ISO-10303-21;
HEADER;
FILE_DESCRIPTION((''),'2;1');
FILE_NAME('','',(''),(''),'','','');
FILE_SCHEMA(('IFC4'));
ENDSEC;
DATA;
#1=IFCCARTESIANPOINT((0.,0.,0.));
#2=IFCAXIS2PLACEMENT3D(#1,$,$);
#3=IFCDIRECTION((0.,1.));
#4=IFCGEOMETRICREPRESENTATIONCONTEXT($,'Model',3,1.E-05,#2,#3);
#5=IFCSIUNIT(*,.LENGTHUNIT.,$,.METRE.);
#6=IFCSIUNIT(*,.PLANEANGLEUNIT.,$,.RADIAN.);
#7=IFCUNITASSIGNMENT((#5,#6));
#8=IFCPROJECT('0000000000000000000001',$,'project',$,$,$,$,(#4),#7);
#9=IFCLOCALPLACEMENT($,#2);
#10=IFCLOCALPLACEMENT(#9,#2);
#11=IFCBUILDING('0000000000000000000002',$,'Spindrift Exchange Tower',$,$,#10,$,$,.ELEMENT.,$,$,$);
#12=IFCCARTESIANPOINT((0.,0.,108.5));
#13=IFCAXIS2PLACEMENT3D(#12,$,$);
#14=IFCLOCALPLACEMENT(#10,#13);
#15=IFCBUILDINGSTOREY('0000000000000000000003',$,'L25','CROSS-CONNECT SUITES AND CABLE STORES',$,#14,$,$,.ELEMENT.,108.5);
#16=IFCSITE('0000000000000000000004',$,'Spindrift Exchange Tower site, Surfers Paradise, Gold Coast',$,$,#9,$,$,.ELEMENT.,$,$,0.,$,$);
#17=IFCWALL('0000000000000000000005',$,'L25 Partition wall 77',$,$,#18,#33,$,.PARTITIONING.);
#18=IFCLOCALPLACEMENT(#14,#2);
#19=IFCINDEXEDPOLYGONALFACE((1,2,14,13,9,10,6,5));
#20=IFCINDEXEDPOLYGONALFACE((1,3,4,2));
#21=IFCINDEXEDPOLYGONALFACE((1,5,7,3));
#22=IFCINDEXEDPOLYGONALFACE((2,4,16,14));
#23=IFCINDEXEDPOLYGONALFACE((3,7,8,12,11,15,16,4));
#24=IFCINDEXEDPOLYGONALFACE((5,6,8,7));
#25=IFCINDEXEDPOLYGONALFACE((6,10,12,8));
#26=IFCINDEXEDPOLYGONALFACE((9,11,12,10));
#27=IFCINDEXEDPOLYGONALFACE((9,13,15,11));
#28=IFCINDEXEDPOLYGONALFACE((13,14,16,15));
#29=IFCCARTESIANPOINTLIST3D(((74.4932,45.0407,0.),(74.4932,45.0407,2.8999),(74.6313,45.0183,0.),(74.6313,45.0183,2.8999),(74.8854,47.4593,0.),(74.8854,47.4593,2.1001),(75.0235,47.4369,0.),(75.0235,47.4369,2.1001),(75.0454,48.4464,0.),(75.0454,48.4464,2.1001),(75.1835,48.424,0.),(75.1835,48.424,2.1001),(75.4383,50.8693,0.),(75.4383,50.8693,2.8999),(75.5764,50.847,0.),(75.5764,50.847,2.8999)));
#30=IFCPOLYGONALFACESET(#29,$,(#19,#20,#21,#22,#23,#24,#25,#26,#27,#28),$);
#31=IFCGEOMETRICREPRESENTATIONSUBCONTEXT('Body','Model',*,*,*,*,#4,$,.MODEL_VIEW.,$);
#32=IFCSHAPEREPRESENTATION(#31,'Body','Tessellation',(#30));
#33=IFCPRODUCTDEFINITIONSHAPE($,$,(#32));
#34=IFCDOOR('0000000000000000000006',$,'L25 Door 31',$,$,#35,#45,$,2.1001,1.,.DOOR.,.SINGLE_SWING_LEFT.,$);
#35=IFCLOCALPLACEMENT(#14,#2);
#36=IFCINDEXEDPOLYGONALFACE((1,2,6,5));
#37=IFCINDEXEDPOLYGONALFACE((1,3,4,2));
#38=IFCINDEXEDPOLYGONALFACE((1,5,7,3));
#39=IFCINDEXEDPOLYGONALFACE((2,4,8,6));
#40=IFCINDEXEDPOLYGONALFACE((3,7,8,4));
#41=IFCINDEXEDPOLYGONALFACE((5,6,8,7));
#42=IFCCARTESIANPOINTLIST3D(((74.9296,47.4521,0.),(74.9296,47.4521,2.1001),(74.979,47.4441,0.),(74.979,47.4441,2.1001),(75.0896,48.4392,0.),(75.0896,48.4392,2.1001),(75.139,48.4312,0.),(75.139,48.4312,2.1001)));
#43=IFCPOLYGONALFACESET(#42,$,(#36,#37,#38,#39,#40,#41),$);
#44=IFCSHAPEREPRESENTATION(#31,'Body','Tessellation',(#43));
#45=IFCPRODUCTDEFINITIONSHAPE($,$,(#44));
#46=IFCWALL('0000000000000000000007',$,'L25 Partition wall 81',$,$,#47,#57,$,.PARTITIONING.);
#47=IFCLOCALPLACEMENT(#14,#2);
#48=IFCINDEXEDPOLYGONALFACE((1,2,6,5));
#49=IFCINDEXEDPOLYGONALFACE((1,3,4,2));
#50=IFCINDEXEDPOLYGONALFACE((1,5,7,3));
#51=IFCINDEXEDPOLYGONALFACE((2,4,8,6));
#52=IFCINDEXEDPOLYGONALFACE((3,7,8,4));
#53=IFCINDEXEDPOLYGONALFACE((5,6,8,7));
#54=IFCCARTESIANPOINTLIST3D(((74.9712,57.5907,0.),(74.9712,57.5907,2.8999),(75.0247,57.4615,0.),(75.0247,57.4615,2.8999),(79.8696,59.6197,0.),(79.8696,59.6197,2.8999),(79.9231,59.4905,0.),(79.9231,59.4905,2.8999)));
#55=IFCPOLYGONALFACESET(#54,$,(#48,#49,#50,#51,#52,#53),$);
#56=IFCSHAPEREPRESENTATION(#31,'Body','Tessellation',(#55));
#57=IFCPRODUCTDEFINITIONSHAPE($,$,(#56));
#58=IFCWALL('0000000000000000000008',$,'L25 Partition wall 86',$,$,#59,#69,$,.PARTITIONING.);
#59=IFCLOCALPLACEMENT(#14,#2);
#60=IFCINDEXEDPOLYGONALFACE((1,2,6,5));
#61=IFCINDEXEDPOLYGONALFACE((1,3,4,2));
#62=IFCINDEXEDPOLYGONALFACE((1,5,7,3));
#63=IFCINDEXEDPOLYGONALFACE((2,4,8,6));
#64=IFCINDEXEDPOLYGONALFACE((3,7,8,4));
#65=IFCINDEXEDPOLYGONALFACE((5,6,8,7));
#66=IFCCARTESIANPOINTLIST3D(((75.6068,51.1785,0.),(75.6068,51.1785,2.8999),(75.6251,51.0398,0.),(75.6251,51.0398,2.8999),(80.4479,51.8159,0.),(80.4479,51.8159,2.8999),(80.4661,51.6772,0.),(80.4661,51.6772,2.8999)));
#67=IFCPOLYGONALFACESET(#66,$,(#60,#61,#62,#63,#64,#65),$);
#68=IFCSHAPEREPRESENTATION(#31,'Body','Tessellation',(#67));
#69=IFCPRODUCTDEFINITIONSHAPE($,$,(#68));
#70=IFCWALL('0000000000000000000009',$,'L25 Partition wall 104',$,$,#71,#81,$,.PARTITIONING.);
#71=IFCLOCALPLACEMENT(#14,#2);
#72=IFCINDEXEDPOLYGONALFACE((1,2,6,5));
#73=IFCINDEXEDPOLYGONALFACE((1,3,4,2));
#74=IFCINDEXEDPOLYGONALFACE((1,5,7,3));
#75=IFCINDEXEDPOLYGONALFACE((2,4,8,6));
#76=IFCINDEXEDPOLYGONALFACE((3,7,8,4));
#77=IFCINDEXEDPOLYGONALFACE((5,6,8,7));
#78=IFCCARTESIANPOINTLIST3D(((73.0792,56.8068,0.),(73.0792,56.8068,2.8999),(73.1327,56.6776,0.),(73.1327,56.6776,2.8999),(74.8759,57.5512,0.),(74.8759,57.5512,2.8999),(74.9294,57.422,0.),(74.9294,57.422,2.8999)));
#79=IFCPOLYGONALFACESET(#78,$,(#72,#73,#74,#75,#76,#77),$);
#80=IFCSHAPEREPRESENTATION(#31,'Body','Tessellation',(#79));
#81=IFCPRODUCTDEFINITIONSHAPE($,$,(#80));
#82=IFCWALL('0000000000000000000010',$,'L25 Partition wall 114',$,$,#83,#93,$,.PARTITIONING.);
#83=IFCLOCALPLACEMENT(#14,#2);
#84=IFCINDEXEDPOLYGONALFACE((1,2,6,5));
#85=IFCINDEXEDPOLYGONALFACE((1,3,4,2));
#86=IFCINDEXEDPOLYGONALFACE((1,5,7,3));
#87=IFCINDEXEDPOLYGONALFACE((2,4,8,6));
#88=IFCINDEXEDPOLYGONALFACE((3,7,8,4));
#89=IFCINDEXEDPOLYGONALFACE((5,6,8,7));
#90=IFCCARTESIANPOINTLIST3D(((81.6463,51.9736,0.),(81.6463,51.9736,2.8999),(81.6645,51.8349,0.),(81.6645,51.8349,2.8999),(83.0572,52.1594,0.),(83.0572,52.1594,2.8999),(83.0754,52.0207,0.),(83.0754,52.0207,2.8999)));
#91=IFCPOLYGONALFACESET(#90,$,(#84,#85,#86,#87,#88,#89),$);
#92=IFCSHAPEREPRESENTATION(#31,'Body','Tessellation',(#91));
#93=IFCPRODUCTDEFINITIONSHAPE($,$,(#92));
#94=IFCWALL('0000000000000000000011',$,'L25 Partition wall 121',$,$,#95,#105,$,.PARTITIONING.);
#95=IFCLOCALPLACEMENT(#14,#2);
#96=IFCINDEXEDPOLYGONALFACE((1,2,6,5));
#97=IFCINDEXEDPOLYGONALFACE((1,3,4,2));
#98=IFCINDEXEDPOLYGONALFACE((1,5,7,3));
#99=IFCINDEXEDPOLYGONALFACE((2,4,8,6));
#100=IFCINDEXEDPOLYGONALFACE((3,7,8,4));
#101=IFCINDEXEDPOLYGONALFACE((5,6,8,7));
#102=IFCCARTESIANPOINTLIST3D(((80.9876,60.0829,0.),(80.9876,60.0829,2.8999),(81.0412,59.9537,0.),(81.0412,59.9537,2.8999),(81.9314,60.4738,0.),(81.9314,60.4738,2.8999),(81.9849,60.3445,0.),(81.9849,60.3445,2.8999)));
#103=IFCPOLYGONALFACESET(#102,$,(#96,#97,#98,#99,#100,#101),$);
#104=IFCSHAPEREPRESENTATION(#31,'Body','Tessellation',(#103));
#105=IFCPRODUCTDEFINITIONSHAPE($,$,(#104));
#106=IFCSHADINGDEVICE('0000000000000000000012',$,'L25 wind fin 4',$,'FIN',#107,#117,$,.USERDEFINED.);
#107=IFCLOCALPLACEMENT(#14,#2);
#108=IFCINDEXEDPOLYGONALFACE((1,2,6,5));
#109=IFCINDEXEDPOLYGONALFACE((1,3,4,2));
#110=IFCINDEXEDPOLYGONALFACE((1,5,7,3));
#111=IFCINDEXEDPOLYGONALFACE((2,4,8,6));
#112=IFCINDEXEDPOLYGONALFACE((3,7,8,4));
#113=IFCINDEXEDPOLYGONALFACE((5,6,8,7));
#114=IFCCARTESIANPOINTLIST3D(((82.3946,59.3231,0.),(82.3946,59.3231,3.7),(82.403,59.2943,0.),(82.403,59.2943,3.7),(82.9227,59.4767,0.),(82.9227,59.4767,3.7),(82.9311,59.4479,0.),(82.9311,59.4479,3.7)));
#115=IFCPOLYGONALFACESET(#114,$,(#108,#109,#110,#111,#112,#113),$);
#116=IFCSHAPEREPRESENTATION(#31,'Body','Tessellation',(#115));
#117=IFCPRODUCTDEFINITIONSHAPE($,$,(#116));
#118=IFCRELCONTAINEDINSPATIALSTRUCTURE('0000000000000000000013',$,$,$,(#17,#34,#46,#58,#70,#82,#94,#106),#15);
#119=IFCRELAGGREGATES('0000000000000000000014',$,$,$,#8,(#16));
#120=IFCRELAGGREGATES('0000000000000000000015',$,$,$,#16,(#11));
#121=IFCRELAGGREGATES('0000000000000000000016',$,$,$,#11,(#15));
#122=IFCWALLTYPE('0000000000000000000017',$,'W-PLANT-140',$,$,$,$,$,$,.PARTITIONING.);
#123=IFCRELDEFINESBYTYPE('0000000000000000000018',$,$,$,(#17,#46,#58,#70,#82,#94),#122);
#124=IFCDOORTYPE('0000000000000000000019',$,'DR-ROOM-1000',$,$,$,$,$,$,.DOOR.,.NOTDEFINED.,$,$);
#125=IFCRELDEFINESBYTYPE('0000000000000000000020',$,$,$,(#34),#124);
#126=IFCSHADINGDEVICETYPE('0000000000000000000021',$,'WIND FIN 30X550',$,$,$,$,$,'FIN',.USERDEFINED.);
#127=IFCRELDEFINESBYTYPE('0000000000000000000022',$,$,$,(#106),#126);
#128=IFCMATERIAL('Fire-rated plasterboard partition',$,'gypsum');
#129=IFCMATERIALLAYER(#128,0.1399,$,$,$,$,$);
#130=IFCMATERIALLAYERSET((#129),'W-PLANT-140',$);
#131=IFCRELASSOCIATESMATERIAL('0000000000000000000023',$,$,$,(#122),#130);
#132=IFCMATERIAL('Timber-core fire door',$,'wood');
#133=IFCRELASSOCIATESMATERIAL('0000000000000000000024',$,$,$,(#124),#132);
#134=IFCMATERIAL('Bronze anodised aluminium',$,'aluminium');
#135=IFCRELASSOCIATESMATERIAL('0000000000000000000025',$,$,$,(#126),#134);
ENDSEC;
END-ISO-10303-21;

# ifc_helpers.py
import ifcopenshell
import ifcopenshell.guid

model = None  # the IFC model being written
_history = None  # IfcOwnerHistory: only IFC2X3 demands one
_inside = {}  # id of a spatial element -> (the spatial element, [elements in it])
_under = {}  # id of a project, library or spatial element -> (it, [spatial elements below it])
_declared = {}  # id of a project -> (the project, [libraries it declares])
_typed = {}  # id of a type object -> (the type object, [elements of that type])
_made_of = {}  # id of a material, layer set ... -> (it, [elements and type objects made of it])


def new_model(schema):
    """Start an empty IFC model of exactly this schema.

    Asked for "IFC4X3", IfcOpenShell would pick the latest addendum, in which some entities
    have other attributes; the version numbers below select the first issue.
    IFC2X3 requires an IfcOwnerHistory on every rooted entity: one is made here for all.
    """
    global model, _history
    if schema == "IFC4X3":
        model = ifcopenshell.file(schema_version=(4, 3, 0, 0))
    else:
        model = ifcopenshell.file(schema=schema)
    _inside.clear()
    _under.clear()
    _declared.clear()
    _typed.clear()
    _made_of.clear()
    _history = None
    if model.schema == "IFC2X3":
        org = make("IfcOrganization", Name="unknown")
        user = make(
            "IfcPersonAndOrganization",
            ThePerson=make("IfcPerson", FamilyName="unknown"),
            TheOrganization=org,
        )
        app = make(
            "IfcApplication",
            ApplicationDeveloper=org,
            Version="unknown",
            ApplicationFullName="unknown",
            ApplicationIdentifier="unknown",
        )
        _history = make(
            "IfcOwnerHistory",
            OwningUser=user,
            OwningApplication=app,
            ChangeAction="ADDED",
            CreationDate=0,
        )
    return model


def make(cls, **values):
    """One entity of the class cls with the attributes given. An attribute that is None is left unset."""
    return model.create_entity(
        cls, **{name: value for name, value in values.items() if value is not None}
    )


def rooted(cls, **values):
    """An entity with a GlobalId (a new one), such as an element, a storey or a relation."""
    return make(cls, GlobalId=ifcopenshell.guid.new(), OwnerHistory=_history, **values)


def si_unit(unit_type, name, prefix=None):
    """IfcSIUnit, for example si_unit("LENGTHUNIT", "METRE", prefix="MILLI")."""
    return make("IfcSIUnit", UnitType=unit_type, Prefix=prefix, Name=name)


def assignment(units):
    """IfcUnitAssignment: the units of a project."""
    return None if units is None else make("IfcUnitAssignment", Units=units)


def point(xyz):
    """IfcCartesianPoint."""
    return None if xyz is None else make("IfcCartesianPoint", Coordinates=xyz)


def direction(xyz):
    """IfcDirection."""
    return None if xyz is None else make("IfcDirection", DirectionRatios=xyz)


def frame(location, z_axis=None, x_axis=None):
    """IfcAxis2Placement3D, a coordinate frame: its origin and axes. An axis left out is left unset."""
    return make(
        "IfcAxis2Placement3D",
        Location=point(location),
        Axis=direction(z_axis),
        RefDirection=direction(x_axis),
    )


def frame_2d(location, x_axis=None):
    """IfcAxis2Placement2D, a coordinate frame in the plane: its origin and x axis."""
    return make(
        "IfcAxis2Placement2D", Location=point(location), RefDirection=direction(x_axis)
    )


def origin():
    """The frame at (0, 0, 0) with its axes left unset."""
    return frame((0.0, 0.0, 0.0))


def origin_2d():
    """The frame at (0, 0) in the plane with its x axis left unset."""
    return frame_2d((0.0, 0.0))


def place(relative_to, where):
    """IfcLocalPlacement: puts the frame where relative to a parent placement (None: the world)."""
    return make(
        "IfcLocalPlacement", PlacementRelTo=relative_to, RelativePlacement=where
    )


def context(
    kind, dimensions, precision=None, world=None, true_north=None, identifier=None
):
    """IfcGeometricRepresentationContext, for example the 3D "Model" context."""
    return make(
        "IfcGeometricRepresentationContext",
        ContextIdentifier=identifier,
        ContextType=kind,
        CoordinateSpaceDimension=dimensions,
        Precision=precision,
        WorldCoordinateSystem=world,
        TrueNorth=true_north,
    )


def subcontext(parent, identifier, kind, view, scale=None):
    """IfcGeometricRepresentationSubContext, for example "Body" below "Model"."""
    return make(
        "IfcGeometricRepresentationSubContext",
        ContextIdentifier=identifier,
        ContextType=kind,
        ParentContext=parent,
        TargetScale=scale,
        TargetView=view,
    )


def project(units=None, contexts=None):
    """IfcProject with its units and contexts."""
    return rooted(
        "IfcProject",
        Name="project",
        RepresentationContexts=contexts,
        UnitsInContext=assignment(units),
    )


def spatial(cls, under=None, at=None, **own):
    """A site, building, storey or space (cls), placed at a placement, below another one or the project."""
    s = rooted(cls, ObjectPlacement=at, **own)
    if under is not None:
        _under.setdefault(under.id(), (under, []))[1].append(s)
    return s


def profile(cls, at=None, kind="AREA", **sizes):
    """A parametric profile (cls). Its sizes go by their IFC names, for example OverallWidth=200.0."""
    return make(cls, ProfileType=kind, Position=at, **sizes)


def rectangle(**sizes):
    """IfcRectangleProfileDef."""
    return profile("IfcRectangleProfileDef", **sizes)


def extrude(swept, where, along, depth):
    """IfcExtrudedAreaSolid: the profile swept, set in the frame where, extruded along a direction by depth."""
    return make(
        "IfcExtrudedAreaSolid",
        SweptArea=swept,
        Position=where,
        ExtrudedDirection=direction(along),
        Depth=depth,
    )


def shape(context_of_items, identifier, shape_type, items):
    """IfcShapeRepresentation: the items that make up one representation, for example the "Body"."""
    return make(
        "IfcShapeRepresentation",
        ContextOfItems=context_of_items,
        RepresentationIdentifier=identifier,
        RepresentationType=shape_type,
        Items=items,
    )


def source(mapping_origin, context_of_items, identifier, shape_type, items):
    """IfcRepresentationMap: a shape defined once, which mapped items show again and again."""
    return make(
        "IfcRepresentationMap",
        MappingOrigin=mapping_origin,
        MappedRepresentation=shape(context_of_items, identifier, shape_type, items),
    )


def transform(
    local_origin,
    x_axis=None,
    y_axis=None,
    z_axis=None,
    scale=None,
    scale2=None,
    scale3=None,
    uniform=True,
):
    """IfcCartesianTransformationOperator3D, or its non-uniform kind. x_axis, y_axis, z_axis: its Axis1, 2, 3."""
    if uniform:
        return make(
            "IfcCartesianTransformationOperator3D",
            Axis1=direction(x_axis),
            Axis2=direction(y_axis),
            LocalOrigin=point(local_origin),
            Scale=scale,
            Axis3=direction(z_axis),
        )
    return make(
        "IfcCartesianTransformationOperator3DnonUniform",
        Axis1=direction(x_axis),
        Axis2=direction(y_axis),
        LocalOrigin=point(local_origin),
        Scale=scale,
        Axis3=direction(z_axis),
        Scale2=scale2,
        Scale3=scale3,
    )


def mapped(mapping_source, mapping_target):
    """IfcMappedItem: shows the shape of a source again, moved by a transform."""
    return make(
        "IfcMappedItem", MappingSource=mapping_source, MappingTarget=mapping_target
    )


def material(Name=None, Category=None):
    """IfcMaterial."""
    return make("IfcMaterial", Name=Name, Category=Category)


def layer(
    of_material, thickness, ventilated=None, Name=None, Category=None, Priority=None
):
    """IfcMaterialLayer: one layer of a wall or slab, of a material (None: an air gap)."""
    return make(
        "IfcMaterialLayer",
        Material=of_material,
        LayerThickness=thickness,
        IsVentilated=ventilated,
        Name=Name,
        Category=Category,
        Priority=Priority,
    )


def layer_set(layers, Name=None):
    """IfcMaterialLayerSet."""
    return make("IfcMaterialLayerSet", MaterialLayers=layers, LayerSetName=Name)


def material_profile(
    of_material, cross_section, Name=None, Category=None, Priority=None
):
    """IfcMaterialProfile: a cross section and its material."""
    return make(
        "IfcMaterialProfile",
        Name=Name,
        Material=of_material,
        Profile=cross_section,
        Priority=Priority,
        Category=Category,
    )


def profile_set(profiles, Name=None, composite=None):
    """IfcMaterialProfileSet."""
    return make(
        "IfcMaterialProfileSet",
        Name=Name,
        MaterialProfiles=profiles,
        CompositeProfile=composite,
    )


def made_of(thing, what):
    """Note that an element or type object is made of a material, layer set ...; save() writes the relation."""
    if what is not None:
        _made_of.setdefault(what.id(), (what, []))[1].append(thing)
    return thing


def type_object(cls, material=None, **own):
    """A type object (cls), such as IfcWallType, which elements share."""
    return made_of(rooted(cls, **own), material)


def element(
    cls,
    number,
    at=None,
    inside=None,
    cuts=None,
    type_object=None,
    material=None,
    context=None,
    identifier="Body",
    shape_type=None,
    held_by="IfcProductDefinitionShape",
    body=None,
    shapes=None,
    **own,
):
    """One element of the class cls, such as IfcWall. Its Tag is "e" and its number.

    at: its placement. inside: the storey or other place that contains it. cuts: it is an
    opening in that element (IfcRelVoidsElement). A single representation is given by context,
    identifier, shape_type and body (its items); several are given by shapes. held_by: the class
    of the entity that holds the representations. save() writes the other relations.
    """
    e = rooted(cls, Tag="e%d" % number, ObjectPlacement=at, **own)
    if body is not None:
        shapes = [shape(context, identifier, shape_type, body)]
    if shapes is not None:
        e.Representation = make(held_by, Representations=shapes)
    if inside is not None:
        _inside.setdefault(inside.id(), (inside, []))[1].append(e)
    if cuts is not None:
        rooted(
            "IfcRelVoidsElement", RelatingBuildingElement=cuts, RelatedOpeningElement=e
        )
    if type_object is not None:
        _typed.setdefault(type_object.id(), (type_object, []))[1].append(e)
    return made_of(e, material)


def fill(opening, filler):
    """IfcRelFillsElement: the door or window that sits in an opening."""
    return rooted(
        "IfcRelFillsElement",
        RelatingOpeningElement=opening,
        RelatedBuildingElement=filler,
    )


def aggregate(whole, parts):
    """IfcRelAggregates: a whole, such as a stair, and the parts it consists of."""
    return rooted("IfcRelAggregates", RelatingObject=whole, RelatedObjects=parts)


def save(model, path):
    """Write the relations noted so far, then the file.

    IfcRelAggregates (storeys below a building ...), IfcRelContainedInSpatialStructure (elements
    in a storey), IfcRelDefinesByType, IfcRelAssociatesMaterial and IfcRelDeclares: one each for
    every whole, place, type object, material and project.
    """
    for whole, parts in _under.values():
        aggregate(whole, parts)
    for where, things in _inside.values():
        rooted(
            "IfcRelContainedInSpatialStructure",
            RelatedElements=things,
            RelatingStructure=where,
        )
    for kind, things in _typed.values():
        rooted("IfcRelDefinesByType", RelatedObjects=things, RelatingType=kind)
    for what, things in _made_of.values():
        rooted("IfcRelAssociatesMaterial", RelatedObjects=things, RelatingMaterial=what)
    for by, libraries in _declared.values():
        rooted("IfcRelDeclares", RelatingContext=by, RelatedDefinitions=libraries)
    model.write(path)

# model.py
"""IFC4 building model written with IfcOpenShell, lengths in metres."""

from ifc_helpers import new_model, si_unit, direction, frame, frame_2d, origin, origin_2d, place, context, subcontext, project, spatial, rectangle, extrude, source, transform, mapped, material, layer, layer_set, material_profile, profile_set, type_object, element, fill, save


model = new_model("IFC4")

# Units and contexts
model_context = context("Model", 3, precision=1e-05, world=origin(), true_north=direction((0.0, 1.0)))
body_context = subcontext(model_context, "Body", "Model", "MODEL_VIEW")
ifc_project = project(units=[si_unit("LENGTHUNIT", "METRE"), si_unit("PLANEANGLEUNIT", "RADIAN")], contexts=[model_context])

# Site, building, storey
site_placement = place(None, origin())
site = spatial("IfcSite", under=ifc_project, at=site_placement, Name="Spindrift Exchange Tower site, Surfers Paradise, Gold Coast", CompositionType="ELEMENT", RefElevation=0.0)
building_placement = place(site_placement, origin())
building = spatial("IfcBuilding", under=site, at=building_placement, Name="Spindrift Exchange Tower", CompositionType="ELEMENT")
storey_placement = place(building_placement, frame((0.0, 0.0, 108.5)))
storey = spatial("IfcBuildingStorey", under=building, at=storey_placement, Name="L25", Description="CROSS-CONNECT SUITES AND CABLE STORES", CompositionType="ELEMENT", Elevation=108.5)

# Shared definitions
ifc_material_1 = material(Name="Bronze anodised aluminium", Category="aluminium")

# Wall, opening, door
ifc_material_2 = material(Name="Fire-rated plasterboard partition", Category="gypsum")
ifc_layer_1 = layer(ifc_material_2, 0.1399)
ifc_layer_set_1 = layer_set([ifc_layer_1], Name="W-PLANT-140")
wall_type = type_object("IfcWallType", Name="W-PLANT-140", PredefinedType="PARTITIONING", material=ifc_layer_set_1)
ifc_material_3 = material(Name="Timber-core fire door", Category="wood")
door_type = type_object("IfcDoorType", Name="DR-ROOM-1000", OperationType="NOTDEFINED", PredefinedType="DOOR", material=ifc_material_3)
shared_shape_1 = source(origin(), body_context, "Body", "SweptSolid", [
    extrude(rectangle(XDim=1.0, YDim=2.1001, at=frame_2d((0.5, 1.05))), frame((0.0, 0.0249, 0.0), z_axis=(0.0, -1.0, 0.0), x_axis=(1.0, 0.0, 0.0)), (0.0, 0.0, 1.0), 0.05),
])
wall_1_placement = place(storey_placement, frame((75.5073, 50.8582, 0.0), z_axis=(0.0, 0.0, 1.0), x_axis=(-0.160053, -0.987108, 0.0)))
wall_1 = element("IfcWall", 1, at=wall_1_placement, inside=storey, type_object=wall_type, Name="L25 Partition wall 77", PredefinedType="PARTITIONING", context=body_context, shape_type="SweptSolid", body=[
    extrude(rectangle(XDim=5.9048, YDim=0.1399, at=frame_2d((2.9524, 0.0))), origin(), (0.0, 0.0, 1.0), 2.8999),
])
opening_1_placement = place(wall_1_placement, frame((2.4546, 0.0, 0.0)))
opening_1 = element("IfcOpeningElement", 2, at=opening_1_placement, cuts=wall_1, PredefinedType="OPENING", context=body_context, shape_type="SweptSolid", body=[
    extrude(rectangle(XDim=1.0, YDim=2.1001, at=frame_2d((0.5, 1.05))), frame((0.0, 0.0798, 0.0), z_axis=(0.0, -1.0, 0.0), x_axis=(1.0, 0.0, 0.0)), (0.0, 0.0, 1.0), 0.1599),
])
door_1_placement = place(opening_1_placement, origin())
door_1 = element("IfcDoor", 3, at=door_1_placement, inside=storey, type_object=door_type, Name="L25 Door 31", OperationType="SINGLE_SWING_LEFT", OverallHeight=2.1001, OverallWidth=1.0, PredefinedType="DOOR", context=body_context, shape_type="MappedRepresentation", body=[
    mapped(shared_shape_1, transform((0.0, 0.0, 0.0), scale=1.0)),
])
fill(opening_1, door_1)

# Walls
wall_2_placement = place(storey_placement, frame((74.998, 57.5261, 0.0), z_axis=(0.0, 0.0, 1.0), x_axis=(0.923876, 0.382692, 0.0)))
element("IfcWall", 4, at=wall_2_placement, inside=storey, type_object=wall_type, Name="L25 Partition wall 81", PredefinedType="PARTITIONING", context=body_context, shape_type="SweptSolid", body=[
    extrude(rectangle(XDim=5.302, YDim=0.1399, at=frame_2d((2.6509, 0.0))), origin(), (0.0, 0.0, 1.0), 2.8999),
])
wall_3_placement = place(storey_placement, frame((75.616, 51.1091, 0.0), z_axis=(0.0, 0.0, 1.0), x_axis=(0.991442, 0.130549, 0.0)))
element("IfcWall", 5, at=wall_3_placement, inside=storey, type_object=wall_type, Name="L25 Partition wall 86", PredefinedType="PARTITIONING", context=body_context, shape_type="SweptSolid", body=[
    extrude(rectangle(XDim=4.8828, YDim=0.1399, at=frame_2d((2.4414, 0.0))), origin(), (0.0, 0.0, 1.0), 2.8999),
])
wall_4_placement = place(storey_placement, frame((73.106, 56.7422, 0.0), z_axis=(0.0, 0.0, 1.0), x_axis=(0.923844, 0.382769, 0.0)))
element("IfcWall", 6, at=wall_4_placement, inside=storey, type_object=wall_type, Name="L25 Partition wall 104", PredefinedType="PARTITIONING", context=body_context, shape_type="SweptSolid", body=[
    extrude(rectangle(XDim=1.9448, YDim=0.1399, at=frame_2d((0.9724, 0.0))), origin(), (0.0, 0.0, 1.0), 2.8999),
])
wall_5_placement = place(storey_placement, frame((81.6555, 51.9043, 0.0), z_axis=(0.0, 0.0, 1.0), x_axis=(0.991441, 0.130557, 0.0)))
element("IfcWall", 7, at=wall_5_placement, inside=storey, type_object=wall_type, Name="L25 Partition wall 114", PredefinedType="PARTITIONING", context=body_context, shape_type="SweptSolid", body=[
    extrude(rectangle(XDim=1.4231, YDim=0.1399, at=frame_2d((0.7114, 0.0))), origin(), (0.0, 0.0, 1.0), 2.8999),
])
wall_6_placement = place(storey_placement, frame((81.0144, 60.0183, 0.0), z_axis=(0.0, 0.0, 1.0), x_axis=(0.923909, 0.382612, 0.0)))
element("IfcWall", 8, at=wall_6_placement, inside=storey, type_object=wall_type, Name="L25 Partition wall 121", PredefinedType="PARTITIONING", context=body_context, shape_type="SweptSolid", body=[
    extrude(rectangle(XDim=1.0215, YDim=0.1399, at=frame_2d((0.5107, 0.0))), origin(), (0.0, 0.0, 1.0), 2.8999),
])

# Shading device
ifc_material_profile_1 = material_profile(ifc_material_1, rectangle(XDim=0.03, YDim=0.55, at=origin_2d()), Name="WIND FIN 30X550")
ifc_profile_set_1 = profile_set([ifc_material_profile_1], Name="Bronze anodised aluminium")
shading_device_type = type_object("IfcShadingDeviceType", Name="WIND FIN 30X550", ElementType="FIN", PredefinedType="USERDEFINED", material=ifc_profile_set_1)
shared_shape_2 = source(origin(), body_context, "Body", "SweptSolid", [
    extrude(rectangle(XDim=0.03, YDim=0.55, at=origin_2d()), origin(), (0.0, 0.0, 1.0), 3.7),
])
shading_device_placement = place(storey_placement, frame((82.6628, 59.3855, 0.0), z_axis=(0.0, 0.0, 1.0), x_axis=(-0.279315, 0.9602, 0.0)))
element("IfcShadingDevice", 9, at=shading_device_placement, inside=storey, type_object=shading_device_type, Name="L25 wind fin 4", ObjectType="FIN", PredefinedType="USERDEFINED", context=body_context, shape_type="MappedRepresentation", body=[
    mapped(shared_shape_2, transform((0.0, 0.0, 0.0), scale=1.0)),
])

save(model, "model.ifc")
